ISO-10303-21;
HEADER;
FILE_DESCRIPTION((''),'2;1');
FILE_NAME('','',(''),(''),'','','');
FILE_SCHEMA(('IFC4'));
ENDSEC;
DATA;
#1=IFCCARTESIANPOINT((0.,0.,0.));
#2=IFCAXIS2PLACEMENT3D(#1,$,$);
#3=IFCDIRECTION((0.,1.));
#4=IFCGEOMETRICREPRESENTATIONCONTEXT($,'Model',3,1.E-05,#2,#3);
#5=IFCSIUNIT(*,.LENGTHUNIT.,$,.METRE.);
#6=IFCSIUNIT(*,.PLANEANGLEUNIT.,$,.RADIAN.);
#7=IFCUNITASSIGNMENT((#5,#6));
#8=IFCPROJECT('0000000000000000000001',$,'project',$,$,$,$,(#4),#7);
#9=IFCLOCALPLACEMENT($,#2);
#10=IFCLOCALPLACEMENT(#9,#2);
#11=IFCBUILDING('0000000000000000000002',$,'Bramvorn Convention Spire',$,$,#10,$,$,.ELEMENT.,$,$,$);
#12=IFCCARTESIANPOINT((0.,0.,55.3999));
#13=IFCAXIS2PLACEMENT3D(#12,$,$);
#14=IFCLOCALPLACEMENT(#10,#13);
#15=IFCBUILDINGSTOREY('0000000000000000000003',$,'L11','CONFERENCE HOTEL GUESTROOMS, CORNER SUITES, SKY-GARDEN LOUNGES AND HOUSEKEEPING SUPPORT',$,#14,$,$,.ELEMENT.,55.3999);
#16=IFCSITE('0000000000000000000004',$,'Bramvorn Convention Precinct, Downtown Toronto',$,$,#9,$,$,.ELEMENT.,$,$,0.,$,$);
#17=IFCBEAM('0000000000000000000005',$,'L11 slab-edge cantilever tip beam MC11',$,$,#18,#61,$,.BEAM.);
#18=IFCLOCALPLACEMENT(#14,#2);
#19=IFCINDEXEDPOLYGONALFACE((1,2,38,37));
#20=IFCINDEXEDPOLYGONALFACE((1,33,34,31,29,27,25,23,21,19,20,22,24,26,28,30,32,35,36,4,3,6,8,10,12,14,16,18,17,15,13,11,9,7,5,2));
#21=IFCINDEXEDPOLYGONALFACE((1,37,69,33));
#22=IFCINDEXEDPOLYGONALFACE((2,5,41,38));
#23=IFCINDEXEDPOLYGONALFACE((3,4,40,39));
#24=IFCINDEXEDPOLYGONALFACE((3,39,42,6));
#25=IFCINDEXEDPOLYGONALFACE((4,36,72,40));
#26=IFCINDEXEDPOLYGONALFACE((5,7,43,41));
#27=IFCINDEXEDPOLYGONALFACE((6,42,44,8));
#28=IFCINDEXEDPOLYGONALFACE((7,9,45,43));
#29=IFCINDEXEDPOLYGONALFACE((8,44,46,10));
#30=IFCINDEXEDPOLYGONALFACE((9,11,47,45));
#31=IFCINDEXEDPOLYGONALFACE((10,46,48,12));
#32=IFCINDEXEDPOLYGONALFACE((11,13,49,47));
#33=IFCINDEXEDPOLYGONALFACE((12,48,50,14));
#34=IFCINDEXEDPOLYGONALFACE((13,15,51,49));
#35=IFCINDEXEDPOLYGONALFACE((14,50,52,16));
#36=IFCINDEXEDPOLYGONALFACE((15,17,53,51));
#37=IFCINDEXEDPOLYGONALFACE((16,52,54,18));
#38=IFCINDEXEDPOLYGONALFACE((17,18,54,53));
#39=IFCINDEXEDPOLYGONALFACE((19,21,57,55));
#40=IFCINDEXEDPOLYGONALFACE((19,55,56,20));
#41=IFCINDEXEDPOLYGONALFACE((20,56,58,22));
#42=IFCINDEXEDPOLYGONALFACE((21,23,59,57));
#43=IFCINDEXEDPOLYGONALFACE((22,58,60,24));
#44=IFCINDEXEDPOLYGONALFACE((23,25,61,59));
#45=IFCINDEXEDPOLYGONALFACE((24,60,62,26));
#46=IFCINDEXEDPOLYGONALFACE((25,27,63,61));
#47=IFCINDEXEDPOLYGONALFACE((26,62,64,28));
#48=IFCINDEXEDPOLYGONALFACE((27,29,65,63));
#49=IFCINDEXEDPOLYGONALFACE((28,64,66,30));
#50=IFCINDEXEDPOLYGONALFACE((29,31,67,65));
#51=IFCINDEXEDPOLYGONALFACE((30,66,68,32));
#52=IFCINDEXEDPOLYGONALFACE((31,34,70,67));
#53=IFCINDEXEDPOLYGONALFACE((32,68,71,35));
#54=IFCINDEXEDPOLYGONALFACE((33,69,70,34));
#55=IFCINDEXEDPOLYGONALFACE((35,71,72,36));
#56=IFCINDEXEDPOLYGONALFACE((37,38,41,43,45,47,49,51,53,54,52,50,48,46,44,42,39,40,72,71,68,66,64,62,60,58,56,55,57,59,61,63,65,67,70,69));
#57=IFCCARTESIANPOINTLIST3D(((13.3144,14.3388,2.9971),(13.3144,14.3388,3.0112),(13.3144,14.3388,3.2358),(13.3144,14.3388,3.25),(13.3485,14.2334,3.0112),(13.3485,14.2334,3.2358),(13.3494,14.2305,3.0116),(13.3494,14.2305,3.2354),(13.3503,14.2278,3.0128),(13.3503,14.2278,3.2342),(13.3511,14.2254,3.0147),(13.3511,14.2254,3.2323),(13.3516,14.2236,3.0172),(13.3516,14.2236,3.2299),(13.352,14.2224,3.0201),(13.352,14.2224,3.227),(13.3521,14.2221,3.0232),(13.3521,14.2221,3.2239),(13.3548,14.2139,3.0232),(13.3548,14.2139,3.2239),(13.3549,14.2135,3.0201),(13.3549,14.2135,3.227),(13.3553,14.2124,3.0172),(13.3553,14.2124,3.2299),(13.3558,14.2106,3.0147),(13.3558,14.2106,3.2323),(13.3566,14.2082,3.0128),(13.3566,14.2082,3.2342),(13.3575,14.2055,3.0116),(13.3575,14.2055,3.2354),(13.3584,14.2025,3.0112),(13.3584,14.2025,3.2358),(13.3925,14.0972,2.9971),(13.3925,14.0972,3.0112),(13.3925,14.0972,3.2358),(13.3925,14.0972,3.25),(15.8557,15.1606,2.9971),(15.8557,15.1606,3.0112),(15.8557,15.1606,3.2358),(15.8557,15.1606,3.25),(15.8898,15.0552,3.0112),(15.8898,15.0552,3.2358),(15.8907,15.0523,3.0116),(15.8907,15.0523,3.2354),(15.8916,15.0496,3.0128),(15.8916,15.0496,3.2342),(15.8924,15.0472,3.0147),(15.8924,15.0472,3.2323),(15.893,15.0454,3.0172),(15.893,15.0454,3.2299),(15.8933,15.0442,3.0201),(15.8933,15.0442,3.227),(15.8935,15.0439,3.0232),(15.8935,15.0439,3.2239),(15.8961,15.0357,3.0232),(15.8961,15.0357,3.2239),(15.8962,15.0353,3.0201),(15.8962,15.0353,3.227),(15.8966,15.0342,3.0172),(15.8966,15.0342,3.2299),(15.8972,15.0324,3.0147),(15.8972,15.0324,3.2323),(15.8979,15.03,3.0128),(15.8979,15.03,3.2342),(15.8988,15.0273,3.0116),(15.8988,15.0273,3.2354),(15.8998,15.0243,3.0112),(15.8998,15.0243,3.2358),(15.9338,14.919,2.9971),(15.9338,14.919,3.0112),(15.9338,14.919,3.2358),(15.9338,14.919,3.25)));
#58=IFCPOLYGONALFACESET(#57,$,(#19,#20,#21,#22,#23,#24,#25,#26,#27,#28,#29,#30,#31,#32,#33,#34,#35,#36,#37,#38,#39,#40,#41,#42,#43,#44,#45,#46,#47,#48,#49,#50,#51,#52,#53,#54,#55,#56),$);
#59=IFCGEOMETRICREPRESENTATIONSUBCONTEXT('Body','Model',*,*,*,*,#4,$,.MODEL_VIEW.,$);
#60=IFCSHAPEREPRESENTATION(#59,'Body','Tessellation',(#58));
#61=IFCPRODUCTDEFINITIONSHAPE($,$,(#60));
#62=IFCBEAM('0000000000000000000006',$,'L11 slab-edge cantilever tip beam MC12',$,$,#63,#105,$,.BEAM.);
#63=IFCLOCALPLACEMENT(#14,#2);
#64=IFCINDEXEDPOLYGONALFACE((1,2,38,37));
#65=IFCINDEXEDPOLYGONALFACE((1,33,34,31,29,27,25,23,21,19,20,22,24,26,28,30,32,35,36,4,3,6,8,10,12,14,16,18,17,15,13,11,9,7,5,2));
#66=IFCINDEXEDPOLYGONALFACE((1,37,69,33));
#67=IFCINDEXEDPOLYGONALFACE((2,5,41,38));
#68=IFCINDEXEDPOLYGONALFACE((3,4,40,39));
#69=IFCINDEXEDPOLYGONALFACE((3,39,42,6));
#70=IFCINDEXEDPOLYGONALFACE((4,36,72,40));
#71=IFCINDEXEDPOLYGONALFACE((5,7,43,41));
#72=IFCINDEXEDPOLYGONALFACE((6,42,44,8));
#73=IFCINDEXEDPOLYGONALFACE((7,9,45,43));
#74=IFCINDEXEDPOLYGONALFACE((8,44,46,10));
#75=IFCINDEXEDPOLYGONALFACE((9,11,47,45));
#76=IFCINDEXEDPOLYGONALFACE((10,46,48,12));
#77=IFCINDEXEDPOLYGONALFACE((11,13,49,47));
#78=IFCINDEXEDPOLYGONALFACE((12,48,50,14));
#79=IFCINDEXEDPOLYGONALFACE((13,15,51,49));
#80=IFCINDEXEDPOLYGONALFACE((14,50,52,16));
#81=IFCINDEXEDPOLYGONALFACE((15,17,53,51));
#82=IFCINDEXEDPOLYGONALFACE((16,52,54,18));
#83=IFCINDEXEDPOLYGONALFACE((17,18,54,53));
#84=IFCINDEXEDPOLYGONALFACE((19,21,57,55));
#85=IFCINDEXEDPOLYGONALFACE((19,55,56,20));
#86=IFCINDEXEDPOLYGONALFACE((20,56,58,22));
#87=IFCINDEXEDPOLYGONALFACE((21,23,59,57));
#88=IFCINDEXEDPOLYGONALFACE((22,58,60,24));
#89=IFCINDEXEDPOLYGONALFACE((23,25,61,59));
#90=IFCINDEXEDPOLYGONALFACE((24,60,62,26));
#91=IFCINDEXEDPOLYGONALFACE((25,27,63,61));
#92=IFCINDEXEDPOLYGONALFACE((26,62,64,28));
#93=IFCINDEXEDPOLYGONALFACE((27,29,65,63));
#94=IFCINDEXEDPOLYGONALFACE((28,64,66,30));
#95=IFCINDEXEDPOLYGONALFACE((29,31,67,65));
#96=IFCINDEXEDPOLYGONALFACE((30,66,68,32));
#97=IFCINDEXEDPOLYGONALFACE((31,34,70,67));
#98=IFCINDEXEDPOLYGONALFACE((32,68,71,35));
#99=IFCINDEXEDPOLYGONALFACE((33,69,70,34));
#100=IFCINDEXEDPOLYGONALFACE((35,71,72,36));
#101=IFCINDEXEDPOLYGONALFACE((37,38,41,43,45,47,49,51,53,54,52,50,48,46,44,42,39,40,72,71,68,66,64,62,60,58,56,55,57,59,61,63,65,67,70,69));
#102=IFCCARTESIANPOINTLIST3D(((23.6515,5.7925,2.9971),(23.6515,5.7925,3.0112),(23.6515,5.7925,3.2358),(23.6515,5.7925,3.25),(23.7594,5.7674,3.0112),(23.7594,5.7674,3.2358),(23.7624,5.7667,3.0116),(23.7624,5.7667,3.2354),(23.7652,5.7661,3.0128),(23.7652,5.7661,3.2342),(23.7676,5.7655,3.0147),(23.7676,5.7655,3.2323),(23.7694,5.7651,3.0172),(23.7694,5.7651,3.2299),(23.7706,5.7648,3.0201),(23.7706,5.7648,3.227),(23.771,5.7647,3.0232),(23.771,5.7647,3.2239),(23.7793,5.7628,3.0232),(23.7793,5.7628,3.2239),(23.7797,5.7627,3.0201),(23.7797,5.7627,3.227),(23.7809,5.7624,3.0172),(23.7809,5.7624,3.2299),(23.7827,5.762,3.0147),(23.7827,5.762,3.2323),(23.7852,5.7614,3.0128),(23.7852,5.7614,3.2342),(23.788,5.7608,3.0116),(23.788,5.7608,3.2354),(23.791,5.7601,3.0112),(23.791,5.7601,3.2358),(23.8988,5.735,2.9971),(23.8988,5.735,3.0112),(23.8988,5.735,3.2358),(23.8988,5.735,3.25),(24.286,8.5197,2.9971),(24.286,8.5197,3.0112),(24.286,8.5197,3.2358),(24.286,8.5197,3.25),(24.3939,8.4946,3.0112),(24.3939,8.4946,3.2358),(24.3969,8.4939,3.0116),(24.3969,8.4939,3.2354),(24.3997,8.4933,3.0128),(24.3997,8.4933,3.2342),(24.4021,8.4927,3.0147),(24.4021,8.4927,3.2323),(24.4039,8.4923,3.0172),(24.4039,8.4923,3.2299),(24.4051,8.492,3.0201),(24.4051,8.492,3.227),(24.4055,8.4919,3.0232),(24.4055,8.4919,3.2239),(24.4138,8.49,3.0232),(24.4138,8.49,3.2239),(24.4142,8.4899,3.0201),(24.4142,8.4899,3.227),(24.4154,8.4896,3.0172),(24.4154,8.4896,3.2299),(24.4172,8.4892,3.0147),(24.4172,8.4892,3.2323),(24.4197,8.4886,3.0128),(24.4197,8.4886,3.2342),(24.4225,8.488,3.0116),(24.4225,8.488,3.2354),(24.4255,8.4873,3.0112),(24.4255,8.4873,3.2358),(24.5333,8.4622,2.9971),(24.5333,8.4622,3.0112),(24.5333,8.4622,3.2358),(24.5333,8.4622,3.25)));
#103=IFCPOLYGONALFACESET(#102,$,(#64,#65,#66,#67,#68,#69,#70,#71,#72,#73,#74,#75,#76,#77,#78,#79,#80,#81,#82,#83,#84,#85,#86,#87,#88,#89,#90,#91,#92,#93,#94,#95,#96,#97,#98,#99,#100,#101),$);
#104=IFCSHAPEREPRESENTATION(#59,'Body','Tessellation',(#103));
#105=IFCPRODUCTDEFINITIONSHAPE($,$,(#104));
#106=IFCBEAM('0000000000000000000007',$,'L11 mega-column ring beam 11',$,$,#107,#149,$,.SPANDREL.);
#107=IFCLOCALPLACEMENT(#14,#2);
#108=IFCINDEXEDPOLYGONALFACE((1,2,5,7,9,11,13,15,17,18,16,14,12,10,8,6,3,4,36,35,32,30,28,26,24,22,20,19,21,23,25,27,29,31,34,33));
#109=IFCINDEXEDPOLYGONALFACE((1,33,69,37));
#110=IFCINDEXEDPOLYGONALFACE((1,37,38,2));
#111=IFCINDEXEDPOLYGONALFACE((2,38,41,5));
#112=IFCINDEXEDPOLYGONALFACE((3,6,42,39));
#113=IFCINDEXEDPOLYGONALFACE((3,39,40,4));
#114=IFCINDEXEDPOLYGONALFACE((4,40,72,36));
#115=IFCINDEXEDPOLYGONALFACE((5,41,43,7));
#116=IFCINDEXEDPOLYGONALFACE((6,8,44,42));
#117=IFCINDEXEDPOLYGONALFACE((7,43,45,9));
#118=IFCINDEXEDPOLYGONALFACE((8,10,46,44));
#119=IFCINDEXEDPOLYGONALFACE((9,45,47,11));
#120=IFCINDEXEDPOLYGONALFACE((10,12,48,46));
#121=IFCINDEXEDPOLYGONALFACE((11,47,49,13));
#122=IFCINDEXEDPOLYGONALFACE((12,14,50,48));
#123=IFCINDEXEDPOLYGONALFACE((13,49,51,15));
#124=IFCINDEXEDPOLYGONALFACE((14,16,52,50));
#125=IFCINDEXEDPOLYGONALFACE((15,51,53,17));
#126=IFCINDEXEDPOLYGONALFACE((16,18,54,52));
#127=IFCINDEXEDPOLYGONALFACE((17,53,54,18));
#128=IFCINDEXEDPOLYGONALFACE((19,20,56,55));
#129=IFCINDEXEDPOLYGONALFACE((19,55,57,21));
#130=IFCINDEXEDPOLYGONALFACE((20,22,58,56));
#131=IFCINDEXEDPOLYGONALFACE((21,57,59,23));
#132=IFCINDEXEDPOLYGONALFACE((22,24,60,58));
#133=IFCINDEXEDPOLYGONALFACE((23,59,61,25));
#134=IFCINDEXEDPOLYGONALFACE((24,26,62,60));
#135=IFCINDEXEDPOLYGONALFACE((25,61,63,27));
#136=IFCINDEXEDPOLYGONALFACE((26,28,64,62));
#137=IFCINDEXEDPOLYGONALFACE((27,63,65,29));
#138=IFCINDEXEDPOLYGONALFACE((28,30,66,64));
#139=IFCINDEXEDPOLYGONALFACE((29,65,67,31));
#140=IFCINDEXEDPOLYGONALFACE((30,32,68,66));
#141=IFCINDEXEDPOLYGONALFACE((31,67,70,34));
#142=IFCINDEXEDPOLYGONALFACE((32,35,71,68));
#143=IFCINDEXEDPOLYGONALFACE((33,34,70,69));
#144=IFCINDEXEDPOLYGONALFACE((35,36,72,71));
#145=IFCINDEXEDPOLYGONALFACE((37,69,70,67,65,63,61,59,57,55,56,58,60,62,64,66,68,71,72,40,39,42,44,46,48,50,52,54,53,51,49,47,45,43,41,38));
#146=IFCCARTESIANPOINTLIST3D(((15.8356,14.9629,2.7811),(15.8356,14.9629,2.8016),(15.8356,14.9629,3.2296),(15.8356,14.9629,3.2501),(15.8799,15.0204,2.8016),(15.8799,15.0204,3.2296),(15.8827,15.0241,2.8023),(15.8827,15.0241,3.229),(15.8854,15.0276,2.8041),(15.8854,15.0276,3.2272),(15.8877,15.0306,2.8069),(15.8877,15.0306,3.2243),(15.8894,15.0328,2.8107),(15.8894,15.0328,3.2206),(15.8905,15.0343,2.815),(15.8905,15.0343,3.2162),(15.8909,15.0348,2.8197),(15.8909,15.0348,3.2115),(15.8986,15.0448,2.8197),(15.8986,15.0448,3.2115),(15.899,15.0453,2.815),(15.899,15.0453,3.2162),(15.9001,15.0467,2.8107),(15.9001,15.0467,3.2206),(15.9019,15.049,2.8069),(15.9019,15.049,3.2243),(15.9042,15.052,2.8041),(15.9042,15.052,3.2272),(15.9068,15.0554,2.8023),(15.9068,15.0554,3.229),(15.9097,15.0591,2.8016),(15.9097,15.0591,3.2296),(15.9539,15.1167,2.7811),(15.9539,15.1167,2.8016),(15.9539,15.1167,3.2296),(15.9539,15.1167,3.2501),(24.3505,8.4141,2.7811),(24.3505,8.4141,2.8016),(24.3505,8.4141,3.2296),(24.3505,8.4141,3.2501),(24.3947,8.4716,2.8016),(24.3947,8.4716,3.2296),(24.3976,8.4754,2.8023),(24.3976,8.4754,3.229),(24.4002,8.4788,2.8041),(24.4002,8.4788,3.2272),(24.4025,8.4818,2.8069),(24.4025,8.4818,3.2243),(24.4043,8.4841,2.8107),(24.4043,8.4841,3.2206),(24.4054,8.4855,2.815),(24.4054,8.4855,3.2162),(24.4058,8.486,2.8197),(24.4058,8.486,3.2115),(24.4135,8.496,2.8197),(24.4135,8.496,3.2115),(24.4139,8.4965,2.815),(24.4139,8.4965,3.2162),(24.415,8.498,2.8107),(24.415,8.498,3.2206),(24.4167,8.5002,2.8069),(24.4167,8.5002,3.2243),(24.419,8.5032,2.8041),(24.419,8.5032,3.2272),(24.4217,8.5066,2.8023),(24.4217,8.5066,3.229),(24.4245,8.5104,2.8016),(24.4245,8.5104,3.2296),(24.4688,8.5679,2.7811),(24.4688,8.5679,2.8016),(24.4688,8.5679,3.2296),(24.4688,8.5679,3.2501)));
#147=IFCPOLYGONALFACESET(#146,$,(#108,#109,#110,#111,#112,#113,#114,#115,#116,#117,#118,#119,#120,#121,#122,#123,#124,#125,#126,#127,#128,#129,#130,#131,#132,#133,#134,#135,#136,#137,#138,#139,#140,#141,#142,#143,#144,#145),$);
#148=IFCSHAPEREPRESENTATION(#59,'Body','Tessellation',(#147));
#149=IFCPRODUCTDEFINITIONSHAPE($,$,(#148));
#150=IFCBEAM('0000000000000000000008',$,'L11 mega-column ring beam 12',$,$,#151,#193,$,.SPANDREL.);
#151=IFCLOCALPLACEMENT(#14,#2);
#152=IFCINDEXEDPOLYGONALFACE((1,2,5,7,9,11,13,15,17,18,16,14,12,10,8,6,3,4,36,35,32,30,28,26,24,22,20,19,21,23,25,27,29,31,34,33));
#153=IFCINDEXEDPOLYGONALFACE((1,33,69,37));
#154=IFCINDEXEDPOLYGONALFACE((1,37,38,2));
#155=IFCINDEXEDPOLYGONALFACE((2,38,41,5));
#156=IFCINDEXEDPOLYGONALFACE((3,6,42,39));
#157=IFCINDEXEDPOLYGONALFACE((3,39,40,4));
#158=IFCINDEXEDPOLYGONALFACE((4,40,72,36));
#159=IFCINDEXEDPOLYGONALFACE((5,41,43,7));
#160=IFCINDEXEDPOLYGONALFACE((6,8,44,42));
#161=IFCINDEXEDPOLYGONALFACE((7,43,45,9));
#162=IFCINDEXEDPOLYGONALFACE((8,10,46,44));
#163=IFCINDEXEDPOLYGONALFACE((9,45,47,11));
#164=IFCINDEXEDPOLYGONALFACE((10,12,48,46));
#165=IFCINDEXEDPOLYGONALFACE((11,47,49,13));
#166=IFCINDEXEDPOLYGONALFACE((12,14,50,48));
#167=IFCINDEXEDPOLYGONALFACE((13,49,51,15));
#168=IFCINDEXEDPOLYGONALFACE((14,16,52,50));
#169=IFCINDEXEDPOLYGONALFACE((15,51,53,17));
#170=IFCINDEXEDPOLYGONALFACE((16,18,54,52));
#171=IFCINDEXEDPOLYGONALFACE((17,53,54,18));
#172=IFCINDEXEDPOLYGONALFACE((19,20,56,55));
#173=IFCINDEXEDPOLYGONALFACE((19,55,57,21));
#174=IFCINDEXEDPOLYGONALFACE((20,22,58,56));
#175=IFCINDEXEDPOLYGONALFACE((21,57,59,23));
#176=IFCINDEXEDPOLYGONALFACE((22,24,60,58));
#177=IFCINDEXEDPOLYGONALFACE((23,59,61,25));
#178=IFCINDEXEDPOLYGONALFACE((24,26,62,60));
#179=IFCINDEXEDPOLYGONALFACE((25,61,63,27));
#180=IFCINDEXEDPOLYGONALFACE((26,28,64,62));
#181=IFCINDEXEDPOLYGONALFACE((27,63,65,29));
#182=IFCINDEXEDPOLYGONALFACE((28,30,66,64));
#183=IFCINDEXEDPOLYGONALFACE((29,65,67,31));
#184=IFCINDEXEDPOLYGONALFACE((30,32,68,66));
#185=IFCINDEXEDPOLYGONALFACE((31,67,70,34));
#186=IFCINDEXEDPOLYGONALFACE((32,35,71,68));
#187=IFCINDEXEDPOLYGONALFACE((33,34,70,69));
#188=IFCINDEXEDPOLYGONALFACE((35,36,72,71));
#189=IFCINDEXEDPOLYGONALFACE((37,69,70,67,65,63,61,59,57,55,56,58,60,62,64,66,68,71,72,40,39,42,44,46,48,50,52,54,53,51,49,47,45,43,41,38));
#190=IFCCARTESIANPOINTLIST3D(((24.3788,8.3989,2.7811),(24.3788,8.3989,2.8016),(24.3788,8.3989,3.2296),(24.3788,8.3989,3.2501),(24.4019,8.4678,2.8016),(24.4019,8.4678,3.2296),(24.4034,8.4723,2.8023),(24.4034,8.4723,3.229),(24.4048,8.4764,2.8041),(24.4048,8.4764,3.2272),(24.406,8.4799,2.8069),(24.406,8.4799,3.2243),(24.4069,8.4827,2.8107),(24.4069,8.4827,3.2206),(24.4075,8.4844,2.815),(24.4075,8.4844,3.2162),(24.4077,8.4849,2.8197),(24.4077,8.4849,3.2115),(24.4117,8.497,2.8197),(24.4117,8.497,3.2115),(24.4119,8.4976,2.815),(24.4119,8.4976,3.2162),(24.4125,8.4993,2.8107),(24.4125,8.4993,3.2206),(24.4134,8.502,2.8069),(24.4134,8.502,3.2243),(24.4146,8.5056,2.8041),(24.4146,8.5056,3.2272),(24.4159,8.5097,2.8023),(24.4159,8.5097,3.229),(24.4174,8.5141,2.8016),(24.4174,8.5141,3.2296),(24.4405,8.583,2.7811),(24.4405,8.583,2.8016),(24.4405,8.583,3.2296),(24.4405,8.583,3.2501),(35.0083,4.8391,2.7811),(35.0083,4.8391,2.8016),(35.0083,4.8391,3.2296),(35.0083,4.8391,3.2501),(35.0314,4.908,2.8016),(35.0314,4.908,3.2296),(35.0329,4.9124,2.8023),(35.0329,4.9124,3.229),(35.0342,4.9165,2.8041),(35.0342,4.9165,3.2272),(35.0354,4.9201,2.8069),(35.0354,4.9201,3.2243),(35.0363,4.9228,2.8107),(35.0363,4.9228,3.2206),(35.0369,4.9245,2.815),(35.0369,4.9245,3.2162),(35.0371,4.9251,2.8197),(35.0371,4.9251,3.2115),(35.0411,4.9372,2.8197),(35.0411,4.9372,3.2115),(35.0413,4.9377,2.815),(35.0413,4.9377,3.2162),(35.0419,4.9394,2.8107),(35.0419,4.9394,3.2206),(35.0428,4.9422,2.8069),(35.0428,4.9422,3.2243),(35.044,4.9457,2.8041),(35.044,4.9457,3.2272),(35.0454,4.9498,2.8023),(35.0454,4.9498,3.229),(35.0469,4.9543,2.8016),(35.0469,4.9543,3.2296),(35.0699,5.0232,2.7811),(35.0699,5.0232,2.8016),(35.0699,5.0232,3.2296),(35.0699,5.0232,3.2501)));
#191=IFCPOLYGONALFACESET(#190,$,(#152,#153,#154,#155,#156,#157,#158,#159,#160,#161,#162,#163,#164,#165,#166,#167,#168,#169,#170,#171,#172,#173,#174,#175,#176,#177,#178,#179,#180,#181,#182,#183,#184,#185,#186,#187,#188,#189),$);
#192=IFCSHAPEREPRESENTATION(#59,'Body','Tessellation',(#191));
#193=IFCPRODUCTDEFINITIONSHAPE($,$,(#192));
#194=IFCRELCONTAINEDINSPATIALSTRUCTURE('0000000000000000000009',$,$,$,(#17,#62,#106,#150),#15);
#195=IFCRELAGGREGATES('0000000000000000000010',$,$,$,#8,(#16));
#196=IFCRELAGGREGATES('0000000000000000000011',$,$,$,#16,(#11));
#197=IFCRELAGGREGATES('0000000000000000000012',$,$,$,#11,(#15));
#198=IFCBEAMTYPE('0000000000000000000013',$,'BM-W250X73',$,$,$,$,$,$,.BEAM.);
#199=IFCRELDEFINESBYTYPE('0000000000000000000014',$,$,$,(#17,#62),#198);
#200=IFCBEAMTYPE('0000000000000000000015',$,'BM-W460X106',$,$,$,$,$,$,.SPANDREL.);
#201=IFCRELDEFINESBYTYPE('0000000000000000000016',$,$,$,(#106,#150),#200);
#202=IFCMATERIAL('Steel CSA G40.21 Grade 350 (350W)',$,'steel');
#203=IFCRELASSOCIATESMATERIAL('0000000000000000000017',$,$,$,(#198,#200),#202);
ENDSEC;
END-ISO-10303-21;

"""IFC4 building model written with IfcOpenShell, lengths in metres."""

from ifc_helpers import new_model, si_unit, direction, frame, origin, origin_2d, place, context, subcontext, project, spatial, i_section, extrude, material, material_profile, profile_set, type_object, element, save


model = new_model("IFC4")

# Units and contexts
model_context = context("Model", 3, precision=1e-05, world=origin(), true_north=direction((0.0, 1.0)))
body_context = subcontext(model_context, "Body", "Model", "MODEL_VIEW")
ifc_project = project(units=[si_unit("LENGTHUNIT", "METRE"), si_unit("PLANEANGLEUNIT", "RADIAN")], contexts=[model_context])

# Site, building, storey
site_placement = place(None, origin())
site = spatial("IfcSite", under=ifc_project, at=site_placement, Name="Bramvorn Convention Precinct, Downtown Toronto", CompositionType="ELEMENT", RefElevation=0.0)
building_placement = place(site_placement, origin())
building = spatial("IfcBuilding", under=site, at=building_placement, Name="Bramvorn Convention Spire", CompositionType="ELEMENT")
storey_placement = place(building_placement, frame((0.0, 0.0, 55.3999)))
storey = spatial("IfcBuildingStorey", under=building, at=storey_placement, Name="L11", Description="CONFERENCE HOTEL GUESTROOMS, CORNER SUITES, SKY-GARDEN LOUNGES AND HOUSEKEEPING SUPPORT", CompositionType="ELEMENT", Elevation=55.3999)

# Shared definitions
ifc_material_1 = material(Name="Steel CSA G40.21 Grade 350 (350W)", Category="steel")

# Beams
ifc_material_profile_1 = material_profile(ifc_material_1, i_section(OverallWidth=0.2539, OverallDepth=0.2529, WebThickness=0.0085, FlangeThickness=0.0142, FilletRadius=0.012, at=origin_2d()))
ifc_profile_set_1 = profile_set([ifc_material_profile_1], Name="Steel CSA G40.21 Grade 350 (350W) - W250X73")
beam_type_1 = type_object("IfcBeamType", Name="BM-W250X73", PredefinedType="BEAM", material=ifc_profile_set_1)
beam_1_placement = place(storey_placement, frame((15.8948, 15.0398, 3.1235), z_axis=(-0.951488, -0.307686, 0.0), x_axis=(0.307686, -0.951488, 0.0)))
element("IfcBeam", 1, at=beam_1_placement, inside=storey, type_object=beam_type_1, Name="L11 slab-edge cantilever tip beam MC11", PredefinedType="BEAM", context=body_context, shape_type="SweptSolid", body=[
    extrude(i_section(OverallWidth=0.2539, OverallDepth=0.2529, WebThickness=0.0085, FlangeThickness=0.0142, FilletRadius=0.012, at=origin_2d()), origin(), (0.0, 0.0, 1.0), 2.6709),
])
beam_2_placement = place(storey_placement, frame((24.4097, 8.491, 3.1235), z_axis=(-0.226604, -0.973987, 0.0), x_axis=(0.973987, -0.226604, 0.0)))
element("IfcBeam", 2, at=beam_2_placement, inside=storey, type_object=beam_type_1, Name="L11 slab-edge cantilever tip beam MC12", PredefinedType="BEAM", context=body_context, shape_type="SweptSolid", body=[
    extrude(i_section(OverallWidth=0.2539, OverallDepth=0.2529, WebThickness=0.0085, FlangeThickness=0.0142, FilletRadius=0.012, at=origin_2d()), origin(), (0.0, 0.0, 1.0), 2.8),
])
ifc_material_profile_2 = material_profile(ifc_material_1, i_section(OverallWidth=0.1941, OverallDepth=0.469, WebThickness=0.0127, FlangeThickness=0.0205, FilletRadius=0.0181, at=origin_2d()))
ifc_profile_set_2 = profile_set([ifc_material_profile_2], Name="Steel CSA G40.21 Grade 350 (350W) - W460X106")
beam_type_2 = type_object("IfcBeamType", Name="BM-W460X106", PredefinedType="SPANDREL", material=ifc_profile_set_2)
beam_3_placement = place(storey_placement, frame((15.8948, 15.0398, 3.0156), z_axis=(0.792673, -0.609647, 0.0), x_axis=(0.609647, 0.792673, 0.0)))
element("IfcBeam", 3, at=beam_3_placement, inside=storey, type_object=beam_type_2, Name="L11 mega-column ring beam 11", PredefinedType="SPANDREL", context=body_context, shape_type="SweptSolid", body=[
    extrude(i_section(OverallWidth=0.1941, OverallDepth=0.469, WebThickness=0.0127, FlangeThickness=0.0205, FilletRadius=0.0181, at=origin_2d()), origin(), (0.0, 0.0, 1.0), 10.7419),
])
beam_4_placement = place(storey_placement, frame((24.4097, 8.491, 3.0156), z_axis=(0.948236, -0.317567, 0.0), x_axis=(0.317567, 0.948236, 0.0)))
element("IfcBeam", 4, at=beam_4_placement, inside=storey, type_object=beam_type_2, Name="L11 mega-column ring beam 12", PredefinedType="SPANDREL", context=body_context, shape_type="SweptSolid", body=[
    extrude(i_section(OverallWidth=0.1941, OverallDepth=0.469, WebThickness=0.0127, FlangeThickness=0.0205, FilletRadius=0.0181, at=origin_2d()), origin(), (0.0, 0.0, 1.0), 11.2097),
])

save(model, "model.ifc")
